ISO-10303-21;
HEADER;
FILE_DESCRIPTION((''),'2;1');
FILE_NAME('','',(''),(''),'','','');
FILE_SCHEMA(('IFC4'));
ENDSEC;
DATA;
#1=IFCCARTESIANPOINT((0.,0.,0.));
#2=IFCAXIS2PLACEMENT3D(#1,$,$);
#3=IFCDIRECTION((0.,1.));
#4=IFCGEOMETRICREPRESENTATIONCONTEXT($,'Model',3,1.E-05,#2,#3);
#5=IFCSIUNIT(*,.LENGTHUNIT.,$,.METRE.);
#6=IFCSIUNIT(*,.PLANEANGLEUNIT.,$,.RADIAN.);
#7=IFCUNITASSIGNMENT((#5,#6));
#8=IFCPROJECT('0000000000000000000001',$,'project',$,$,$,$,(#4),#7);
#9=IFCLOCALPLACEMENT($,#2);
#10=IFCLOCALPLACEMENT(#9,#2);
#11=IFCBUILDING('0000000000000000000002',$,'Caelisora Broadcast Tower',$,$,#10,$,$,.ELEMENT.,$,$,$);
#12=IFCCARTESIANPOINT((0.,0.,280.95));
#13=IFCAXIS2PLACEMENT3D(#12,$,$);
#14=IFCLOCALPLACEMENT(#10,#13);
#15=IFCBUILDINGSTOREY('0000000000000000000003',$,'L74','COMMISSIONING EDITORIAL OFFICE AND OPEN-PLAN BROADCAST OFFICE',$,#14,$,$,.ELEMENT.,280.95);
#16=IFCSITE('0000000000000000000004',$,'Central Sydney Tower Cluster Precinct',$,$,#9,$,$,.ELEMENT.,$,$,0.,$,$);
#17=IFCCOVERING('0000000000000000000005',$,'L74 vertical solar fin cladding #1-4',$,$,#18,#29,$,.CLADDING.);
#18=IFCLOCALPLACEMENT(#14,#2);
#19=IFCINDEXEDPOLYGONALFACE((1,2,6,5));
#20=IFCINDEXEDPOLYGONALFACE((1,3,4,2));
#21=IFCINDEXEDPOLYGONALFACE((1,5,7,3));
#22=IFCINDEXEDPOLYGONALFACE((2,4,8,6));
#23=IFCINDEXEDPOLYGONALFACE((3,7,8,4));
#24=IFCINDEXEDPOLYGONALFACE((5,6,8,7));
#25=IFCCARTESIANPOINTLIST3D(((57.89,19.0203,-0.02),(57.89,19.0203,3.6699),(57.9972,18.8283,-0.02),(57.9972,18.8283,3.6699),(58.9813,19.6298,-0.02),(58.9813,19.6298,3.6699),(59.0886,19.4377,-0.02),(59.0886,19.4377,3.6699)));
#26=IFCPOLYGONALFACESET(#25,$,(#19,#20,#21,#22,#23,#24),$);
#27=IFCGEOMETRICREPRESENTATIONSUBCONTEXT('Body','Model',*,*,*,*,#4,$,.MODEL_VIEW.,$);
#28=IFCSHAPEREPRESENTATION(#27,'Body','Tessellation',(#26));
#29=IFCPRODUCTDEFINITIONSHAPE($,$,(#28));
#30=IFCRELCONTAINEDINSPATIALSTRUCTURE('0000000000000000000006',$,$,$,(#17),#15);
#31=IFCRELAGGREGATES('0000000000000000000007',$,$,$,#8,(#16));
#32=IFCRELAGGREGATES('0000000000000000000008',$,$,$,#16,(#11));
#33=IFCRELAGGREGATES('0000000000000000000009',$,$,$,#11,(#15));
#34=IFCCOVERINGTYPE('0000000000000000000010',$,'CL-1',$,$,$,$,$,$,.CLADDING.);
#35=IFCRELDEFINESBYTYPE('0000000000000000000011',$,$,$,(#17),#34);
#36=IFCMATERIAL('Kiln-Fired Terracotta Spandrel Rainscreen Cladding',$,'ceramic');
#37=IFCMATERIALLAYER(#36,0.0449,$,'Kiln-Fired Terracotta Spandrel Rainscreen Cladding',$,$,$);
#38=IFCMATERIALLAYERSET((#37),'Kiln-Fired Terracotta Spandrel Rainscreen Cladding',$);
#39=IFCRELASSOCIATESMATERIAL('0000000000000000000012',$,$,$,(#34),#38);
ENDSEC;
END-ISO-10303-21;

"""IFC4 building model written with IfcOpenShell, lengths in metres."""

from ifc_helpers import new_model, si_unit, direction, frame, origin, origin_2d, place, context, subcontext, project, spatial, rectangle, extrude, source, transform, mapped, material, layer, layer_set, type_object, type_shapes, element, save


model = new_model("IFC4")

# Units and contexts
model_context = context("Model", 3, precision=1e-05, world=origin(), true_north=direction((0.0, 1.0)))
body_context = subcontext(model_context, "Body", "Model", "MODEL_VIEW")
ifc_project = project(units=[si_unit("LENGTHUNIT", "METRE"), si_unit("PLANEANGLEUNIT", "RADIAN")], contexts=[model_context])

# Site, building, storey
site_placement = place(None, origin())
site = spatial("IfcSite", under=ifc_project, at=site_placement, Name="Central Sydney Tower Cluster Precinct", CompositionType="ELEMENT", RefElevation=0.0)
building_placement = place(site_placement, origin())
building = spatial("IfcBuilding", under=site, at=building_placement, Name="Caelisora Broadcast Tower", CompositionType="ELEMENT")
storey_placement = place(building_placement, frame((0.0, 0.0, 280.95)))
storey = spatial("IfcBuildingStorey", under=building, at=storey_placement, Name="L74", Description="COMMISSIONING EDITORIAL OFFICE AND OPEN-PLAN BROADCAST OFFICE", CompositionType="ELEMENT", Elevation=280.95)

# Covering
ifc_material_1 = material(Name="Kiln-Fired Terracotta Spandrel Rainscreen Cladding", Category="ceramic")
ifc_layer_1 = layer(ifc_material_1, 0.0449, Name="Kiln-Fired Terracotta Spandrel Rainscreen Cladding")
ifc_layer_set_1 = layer_set([ifc_layer_1], Name="Kiln-Fired Terracotta Spandrel Rainscreen Cladding")
covering_type = type_object("IfcCoveringType", Name="CL-1", PredefinedType="CLADDING", material=ifc_layer_set_1)
shared_shape_1 = source(origin(), body_context, "Body", "SweptSolid", [
    extrude(rectangle(XDim=0.22, YDim=1.25, at=origin_2d()), origin(), (0.0, 0.0, 1.0), 3.6899),
])
type_shapes(covering_type, [shared_shape_1])
covering_placement = place(storey_placement, frame((58.4893, 19.229, -0.02), z_axis=(0.0, 0.0, 1.0), x_axis=(0.487555, -0.873092, 0.0)))
element("IfcCovering", 1, at=covering_placement, inside=storey, type_object=covering_type, Name="L74 vertical solar fin cladding #1-4", PredefinedType="CLADDING", context=body_context, shape_type="MappedRepresentation", body=[
    mapped(shared_shape_1, transform((0.0, 0.0, 0.0), scale=1.0)),
])

save(model, "model.ifc")
